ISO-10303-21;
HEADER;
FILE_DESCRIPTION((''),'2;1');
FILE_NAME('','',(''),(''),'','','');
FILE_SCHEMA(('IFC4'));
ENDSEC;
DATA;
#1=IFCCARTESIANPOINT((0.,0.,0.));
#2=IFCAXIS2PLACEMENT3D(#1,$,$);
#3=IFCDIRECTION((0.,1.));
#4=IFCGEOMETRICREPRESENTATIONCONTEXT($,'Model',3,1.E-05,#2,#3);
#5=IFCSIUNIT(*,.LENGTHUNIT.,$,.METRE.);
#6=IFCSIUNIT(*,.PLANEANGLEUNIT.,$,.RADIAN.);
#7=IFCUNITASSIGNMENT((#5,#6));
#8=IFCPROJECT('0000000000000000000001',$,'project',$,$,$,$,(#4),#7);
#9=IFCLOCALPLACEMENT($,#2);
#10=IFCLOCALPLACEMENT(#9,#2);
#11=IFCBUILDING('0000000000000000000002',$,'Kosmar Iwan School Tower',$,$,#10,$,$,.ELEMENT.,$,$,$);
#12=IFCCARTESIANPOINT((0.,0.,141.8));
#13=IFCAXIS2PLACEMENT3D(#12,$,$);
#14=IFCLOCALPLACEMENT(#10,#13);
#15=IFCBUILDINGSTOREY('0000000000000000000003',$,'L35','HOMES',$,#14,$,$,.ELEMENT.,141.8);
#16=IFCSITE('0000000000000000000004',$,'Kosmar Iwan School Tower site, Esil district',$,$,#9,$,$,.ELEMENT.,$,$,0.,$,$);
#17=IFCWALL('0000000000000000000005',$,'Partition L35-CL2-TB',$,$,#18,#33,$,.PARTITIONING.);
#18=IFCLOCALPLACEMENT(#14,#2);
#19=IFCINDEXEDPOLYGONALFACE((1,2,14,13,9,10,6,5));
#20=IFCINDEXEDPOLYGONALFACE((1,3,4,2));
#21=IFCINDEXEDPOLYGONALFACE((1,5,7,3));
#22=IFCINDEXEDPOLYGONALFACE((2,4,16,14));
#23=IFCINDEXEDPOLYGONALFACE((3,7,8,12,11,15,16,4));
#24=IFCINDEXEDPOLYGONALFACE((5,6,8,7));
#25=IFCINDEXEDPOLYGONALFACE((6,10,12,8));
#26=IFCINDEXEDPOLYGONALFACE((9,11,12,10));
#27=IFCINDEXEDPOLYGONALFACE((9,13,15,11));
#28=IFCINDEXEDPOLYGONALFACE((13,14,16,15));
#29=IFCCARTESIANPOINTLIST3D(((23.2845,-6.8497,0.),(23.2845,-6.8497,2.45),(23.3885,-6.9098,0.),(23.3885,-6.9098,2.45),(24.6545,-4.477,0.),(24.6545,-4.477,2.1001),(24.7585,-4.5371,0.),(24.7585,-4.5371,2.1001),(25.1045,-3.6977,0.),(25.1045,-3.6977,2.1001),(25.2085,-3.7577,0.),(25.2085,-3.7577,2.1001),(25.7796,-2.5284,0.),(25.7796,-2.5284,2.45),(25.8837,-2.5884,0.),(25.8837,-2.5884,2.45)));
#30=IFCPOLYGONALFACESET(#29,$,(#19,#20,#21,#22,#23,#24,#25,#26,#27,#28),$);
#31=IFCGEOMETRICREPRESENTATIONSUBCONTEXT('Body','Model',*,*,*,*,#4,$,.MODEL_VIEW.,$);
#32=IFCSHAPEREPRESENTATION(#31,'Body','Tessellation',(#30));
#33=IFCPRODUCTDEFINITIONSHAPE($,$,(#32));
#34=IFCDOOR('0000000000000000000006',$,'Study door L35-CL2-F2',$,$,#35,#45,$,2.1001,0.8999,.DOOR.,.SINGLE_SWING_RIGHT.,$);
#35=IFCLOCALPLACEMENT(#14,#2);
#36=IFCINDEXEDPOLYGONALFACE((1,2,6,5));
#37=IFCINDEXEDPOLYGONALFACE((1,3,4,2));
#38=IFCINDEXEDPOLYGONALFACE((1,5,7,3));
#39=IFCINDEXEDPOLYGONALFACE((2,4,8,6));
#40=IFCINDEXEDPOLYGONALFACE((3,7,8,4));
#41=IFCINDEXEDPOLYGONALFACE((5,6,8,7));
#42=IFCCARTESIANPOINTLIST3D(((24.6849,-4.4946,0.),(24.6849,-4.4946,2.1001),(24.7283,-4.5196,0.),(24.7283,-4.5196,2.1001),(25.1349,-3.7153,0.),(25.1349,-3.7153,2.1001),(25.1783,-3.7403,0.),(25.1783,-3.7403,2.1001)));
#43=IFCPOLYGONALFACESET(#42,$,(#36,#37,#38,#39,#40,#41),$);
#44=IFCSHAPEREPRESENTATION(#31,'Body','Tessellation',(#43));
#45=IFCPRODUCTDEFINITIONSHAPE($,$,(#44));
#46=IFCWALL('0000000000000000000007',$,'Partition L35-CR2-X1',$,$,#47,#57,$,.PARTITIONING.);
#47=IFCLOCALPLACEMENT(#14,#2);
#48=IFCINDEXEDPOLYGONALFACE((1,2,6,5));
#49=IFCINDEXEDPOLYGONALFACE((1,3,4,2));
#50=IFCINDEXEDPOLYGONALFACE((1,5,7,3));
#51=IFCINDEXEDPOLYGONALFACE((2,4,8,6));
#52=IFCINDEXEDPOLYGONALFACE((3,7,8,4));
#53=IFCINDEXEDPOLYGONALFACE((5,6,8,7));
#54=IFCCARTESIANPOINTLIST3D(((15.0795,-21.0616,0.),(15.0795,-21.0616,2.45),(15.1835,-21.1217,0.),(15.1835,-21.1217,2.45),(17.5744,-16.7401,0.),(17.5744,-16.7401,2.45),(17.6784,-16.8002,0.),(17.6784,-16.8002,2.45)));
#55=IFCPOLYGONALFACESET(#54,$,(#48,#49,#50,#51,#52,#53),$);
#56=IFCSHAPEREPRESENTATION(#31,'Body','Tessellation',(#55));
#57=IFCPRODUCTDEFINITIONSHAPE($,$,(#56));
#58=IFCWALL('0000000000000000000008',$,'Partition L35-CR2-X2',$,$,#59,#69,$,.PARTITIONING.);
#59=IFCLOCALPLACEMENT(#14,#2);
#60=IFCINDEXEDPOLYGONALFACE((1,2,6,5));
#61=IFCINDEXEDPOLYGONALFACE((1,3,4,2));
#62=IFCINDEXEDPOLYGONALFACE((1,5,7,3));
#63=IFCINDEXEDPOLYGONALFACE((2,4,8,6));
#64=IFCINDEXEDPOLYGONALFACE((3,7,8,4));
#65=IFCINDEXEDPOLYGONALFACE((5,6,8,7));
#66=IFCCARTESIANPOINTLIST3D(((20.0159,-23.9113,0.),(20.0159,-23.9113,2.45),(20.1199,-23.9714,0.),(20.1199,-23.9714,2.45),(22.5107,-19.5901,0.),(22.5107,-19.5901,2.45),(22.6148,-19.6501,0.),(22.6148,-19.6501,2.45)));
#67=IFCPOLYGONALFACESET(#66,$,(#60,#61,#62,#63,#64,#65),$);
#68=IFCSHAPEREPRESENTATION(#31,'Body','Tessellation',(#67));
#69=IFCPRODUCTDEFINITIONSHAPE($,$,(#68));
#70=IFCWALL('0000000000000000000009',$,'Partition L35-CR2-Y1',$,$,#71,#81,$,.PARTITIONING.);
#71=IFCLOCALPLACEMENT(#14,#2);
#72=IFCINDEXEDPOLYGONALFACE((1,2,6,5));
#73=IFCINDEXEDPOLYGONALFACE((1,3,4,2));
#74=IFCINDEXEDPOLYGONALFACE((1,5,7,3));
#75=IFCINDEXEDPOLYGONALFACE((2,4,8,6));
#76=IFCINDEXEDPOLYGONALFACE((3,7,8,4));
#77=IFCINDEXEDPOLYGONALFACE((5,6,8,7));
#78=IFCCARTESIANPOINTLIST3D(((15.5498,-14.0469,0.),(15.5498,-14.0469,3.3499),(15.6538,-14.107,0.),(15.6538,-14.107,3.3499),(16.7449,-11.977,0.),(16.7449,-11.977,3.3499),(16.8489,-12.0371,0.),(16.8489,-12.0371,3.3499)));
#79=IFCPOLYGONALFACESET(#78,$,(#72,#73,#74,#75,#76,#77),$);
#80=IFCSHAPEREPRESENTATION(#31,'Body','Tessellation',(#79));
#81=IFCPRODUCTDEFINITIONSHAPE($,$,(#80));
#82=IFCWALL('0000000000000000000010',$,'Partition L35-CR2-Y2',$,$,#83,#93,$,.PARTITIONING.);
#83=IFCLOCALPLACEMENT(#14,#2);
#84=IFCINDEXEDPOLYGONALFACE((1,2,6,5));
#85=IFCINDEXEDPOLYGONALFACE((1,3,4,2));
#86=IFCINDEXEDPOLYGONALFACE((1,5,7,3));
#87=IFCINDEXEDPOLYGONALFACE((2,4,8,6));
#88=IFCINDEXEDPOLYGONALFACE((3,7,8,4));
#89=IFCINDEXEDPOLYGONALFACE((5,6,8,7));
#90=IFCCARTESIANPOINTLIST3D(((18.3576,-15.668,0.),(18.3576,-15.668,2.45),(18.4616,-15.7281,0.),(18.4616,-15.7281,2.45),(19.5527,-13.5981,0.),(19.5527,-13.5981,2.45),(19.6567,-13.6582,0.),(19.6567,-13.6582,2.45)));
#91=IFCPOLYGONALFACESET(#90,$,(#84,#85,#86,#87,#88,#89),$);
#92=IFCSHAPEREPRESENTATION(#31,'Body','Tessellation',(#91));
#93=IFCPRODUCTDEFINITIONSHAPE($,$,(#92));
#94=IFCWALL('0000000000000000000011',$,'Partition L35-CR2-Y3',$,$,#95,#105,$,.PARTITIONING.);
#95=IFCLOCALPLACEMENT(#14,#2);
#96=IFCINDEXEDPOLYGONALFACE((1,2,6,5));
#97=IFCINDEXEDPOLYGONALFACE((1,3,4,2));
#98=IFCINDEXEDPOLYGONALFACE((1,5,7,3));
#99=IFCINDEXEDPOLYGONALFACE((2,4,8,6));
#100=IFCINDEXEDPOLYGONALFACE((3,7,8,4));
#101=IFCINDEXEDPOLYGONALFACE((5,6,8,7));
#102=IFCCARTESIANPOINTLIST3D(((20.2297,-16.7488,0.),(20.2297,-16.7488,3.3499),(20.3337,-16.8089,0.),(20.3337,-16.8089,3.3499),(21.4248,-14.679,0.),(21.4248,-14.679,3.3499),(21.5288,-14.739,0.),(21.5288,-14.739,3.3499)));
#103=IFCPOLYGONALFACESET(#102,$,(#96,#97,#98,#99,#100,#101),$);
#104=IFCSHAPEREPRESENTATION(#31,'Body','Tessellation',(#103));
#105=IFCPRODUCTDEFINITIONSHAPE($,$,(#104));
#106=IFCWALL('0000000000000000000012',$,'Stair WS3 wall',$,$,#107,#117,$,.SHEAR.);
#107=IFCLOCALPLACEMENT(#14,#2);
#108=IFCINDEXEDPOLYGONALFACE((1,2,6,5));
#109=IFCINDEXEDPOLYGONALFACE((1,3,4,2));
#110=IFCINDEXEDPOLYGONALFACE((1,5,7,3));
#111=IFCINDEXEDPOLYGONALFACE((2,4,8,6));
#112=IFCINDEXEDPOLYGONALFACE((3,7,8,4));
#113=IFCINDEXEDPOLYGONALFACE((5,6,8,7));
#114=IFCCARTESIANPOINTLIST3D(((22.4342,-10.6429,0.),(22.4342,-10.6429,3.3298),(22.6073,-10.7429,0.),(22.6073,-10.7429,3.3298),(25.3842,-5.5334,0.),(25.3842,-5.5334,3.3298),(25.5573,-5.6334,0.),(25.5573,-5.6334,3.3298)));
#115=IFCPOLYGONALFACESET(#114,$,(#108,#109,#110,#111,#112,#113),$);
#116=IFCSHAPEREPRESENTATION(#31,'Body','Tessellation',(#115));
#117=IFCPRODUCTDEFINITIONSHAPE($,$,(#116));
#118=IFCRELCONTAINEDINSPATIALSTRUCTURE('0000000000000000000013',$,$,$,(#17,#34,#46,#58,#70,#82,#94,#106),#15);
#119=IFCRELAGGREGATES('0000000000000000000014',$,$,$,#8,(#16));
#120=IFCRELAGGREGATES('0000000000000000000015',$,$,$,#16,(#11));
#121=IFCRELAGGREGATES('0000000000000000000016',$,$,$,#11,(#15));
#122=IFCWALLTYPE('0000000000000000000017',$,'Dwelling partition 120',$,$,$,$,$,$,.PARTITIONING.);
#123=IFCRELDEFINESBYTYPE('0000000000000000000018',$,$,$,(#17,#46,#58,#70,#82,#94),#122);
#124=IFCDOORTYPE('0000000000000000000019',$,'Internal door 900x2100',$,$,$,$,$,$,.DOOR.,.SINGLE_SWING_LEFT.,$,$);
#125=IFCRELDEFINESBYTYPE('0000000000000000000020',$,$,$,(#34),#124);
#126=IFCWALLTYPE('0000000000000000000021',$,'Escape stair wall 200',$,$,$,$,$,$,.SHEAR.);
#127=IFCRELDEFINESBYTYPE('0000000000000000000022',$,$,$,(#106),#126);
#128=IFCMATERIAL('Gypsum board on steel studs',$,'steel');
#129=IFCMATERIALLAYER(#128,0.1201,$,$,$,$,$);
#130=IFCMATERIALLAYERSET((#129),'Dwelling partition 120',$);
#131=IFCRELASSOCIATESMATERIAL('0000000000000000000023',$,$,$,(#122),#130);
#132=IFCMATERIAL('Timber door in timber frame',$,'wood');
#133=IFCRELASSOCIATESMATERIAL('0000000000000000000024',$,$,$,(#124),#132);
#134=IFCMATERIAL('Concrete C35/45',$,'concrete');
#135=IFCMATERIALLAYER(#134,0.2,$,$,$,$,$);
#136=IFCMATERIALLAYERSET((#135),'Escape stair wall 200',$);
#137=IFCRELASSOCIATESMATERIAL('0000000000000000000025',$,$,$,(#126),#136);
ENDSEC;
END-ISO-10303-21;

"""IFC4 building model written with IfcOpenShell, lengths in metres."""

from ifc_helpers import new_model, si_unit, direction, frame, frame_2d, origin, place, context, subcontext, project, spatial, rectangle, extrude, material, layer, layer_set, type_object, element, fill, save


model = new_model("IFC4")

# Units and contexts
model_context = context("Model", 3, precision=1e-05, world=origin(), true_north=direction((0.0, 1.0)))
body_context = subcontext(model_context, "Body", "Model", "MODEL_VIEW")
ifc_project = project(units=[si_unit("LENGTHUNIT", "METRE"), si_unit("PLANEANGLEUNIT", "RADIAN")], contexts=[model_context])

# Site, building, storey
site_placement = place(None, origin())
site = spatial("IfcSite", under=ifc_project, at=site_placement, Name="Kosmar Iwan School Tower site, Esil district", CompositionType="ELEMENT", RefElevation=0.0)
building_placement = place(site_placement, origin())
building = spatial("IfcBuilding", under=site, at=building_placement, Name="Kosmar Iwan School Tower", CompositionType="ELEMENT")
storey_placement = place(building_placement, frame((0.0, 0.0, 141.8)))
storey = spatial("IfcBuildingStorey", under=building, at=storey_placement, Name="L35", Description="HOMES", CompositionType="ELEMENT", Elevation=141.8)

# Shared definitions
ifc_material_1 = material(Name="Gypsum board on steel studs", Category="steel")
ifc_layer_1 = layer(ifc_material_1, 0.1201)
ifc_layer_set_1 = layer_set([ifc_layer_1], Name="Dwelling partition 120")
wall_type_1 = type_object("IfcWallType", Name="Dwelling partition 120", PredefinedType="PARTITIONING", material=ifc_layer_set_1)

# Wall, opening, door
wall_1_placement = place(storey_placement, frame((23.3364, -6.8799, 0.0), z_axis=(0.0, 0.0, 1.0), x_axis=(0.500033, 0.866006, 0.0)))
wall_1 = element("IfcWall", 1, at=wall_1_placement, inside=storey, type_object=wall_type_1, Name="Partition L35-CL2-TB", PredefinedType="PARTITIONING", context=body_context, shape_type="SweptSolid", body=[
    extrude(rectangle(XDim=4.99, YDim=0.1201, at=frame_2d((2.4951, 0.0))), origin(), (0.0, 0.0, 1.0), 2.45),
])
opening_1_placement = place(wall_1_placement, frame((2.74, 0.0, 0.0)))
opening_1 = element("IfcOpeningElement", 2, at=opening_1_placement, cuts=wall_1, PredefinedType="OPENING", context=body_context, shape_type="SweptSolid", body=[
    extrude(rectangle(XDim=0.8999, YDim=2.1001, at=frame_2d((0.45, 1.05))), frame((0.0, 0.072, 0.0), z_axis=(0.0, -1.0, 0.0), x_axis=(1.0, 0.0, 0.0)), (0.0, 0.0, 1.0), 0.144),
])
ifc_material_2 = material(Name="Timber door in timber frame", Category="wood")
door_type_1 = type_object("IfcDoorType", Name="Internal door 900x2100", OperationType="SINGLE_SWING_LEFT", PredefinedType="DOOR", material=ifc_material_2)
door_1_placement = place(opening_1_placement, origin())
door_1 = element("IfcDoor", 3, at=door_1_placement, inside=storey, type_object=door_type_1, Name="Study door L35-CL2-F2", OperationType="SINGLE_SWING_RIGHT", OverallHeight=2.1001, OverallWidth=0.8999, PredefinedType="DOOR", context=body_context, shape_type="SweptSolid", body=[
    extrude(rectangle(XDim=0.8999, YDim=2.1001, at=frame_2d((0.45, 1.05))), frame((0.0, 0.0249, 0.0), z_axis=(0.0, -1.0, 0.0), x_axis=(1.0, 0.0, 0.0)), (0.0, 0.0, 1.0), 0.05),
])
fill(opening_1, door_1)

# Walls
wall_2_placement = place(storey_placement, frame((17.6265, -16.77, 0.0), z_axis=(0.0, 0.0, 1.0), x_axis=(-0.499975, -0.86604, 0.0)))
element("IfcWall", 4, at=wall_2_placement, inside=storey, type_object=wall_type_1, Name="Partition L35-CR2-X1", PredefinedType="PARTITIONING", context=body_context, shape_type="SweptSolid", body=[
    extrude(rectangle(XDim=4.99, YDim=0.1201, at=frame_2d((2.4951, 0.0))), origin(), (0.0, 0.0, 1.0), 2.45),
])
wall_3_placement = place(storey_placement, frame((22.5627, -19.6201, 0.0), z_axis=(0.0, 0.0, 1.0), x_axis=(-0.499996, -0.866028, 0.0)))
element("IfcWall", 5, at=wall_3_placement, inside=storey, type_object=wall_type_1, Name="Partition L35-CR2-X2", PredefinedType="PARTITIONING", context=body_context, shape_type="SweptSolid", body=[
    extrude(rectangle(XDim=4.9897, YDim=0.1201, at=frame_2d((2.4949, 0.0))), origin(), (0.0, 0.0, 1.0), 2.45),
])
wall_4_placement = place(storey_placement, frame((16.7969, -12.0071, 0.0), z_axis=(0.0, 0.0, 1.0), x_axis=(-0.500017, -0.866015, 0.0)))
element("IfcWall", 6, at=wall_4_placement, inside=storey, type_object=wall_type_1, Name="Partition L35-CR2-Y1", PredefinedType="PARTITIONING", context=body_context, shape_type="SweptSolid", body=[
    extrude(rectangle(XDim=2.3901, YDim=0.1201, at=frame_2d((1.1951, 0.0))), origin(), (0.0, 0.0, 1.0), 3.3499),
])
wall_5_placement = place(storey_placement, frame((19.6047, -13.6282, 0.0), z_axis=(0.0, 0.0, 1.0), x_axis=(-0.500017, -0.866015, 0.0)))
element("IfcWall", 7, at=wall_5_placement, inside=storey, type_object=wall_type_1, Name="Partition L35-CR2-Y2", PredefinedType="PARTITIONING", context=body_context, shape_type="SweptSolid", body=[
    extrude(rectangle(XDim=2.3901, YDim=0.1201, at=frame_2d((1.1951, 0.0))), origin(), (0.0, 0.0, 1.0), 2.45),
])
wall_6_placement = place(storey_placement, frame((21.4768, -14.709, 0.0), z_axis=(0.0, 0.0, 1.0), x_axis=(-0.500017, -0.866015, 0.0)))
element("IfcWall", 8, at=wall_6_placement, inside=storey, type_object=wall_type_1, Name="Partition L35-CR2-Y3", PredefinedType="PARTITIONING", context=body_context, shape_type="SweptSolid", body=[
    extrude(rectangle(XDim=2.3901, YDim=0.1201, at=frame_2d((1.1951, 0.0))), origin(), (0.0, 0.0, 1.0), 3.3499),
])
ifc_material_3 = material(Name="Concrete C35/45", Category="concrete")
ifc_layer_2 = layer(ifc_material_3, 0.2)
ifc_layer_set_2 = layer_set([ifc_layer_2], Name="Escape stair wall 200")
wall_type_2 = type_object("IfcWallType", Name="Escape stair wall 200", PredefinedType="SHEAR", material=ifc_layer_set_2)
wall_7_placement = place(storey_placement, frame((22.5208, -10.6929, 0.0), z_axis=(0.0, 0.0, 1.0), x_axis=(0.500007, 0.866022, 0.0)))
element("IfcWall", 9, at=wall_7_placement, inside=storey, type_object=wall_type_2, Name="Stair WS3 wall", PredefinedType="SHEAR", context=body_context, shape_type="SweptSolid", body=[
    extrude(rectangle(XDim=5.8999, YDim=0.2, at=frame_2d((2.95, 0.0))), origin(), (0.0, 0.0, 1.0), 3.3298),
])

save(model, "model.ifc")
